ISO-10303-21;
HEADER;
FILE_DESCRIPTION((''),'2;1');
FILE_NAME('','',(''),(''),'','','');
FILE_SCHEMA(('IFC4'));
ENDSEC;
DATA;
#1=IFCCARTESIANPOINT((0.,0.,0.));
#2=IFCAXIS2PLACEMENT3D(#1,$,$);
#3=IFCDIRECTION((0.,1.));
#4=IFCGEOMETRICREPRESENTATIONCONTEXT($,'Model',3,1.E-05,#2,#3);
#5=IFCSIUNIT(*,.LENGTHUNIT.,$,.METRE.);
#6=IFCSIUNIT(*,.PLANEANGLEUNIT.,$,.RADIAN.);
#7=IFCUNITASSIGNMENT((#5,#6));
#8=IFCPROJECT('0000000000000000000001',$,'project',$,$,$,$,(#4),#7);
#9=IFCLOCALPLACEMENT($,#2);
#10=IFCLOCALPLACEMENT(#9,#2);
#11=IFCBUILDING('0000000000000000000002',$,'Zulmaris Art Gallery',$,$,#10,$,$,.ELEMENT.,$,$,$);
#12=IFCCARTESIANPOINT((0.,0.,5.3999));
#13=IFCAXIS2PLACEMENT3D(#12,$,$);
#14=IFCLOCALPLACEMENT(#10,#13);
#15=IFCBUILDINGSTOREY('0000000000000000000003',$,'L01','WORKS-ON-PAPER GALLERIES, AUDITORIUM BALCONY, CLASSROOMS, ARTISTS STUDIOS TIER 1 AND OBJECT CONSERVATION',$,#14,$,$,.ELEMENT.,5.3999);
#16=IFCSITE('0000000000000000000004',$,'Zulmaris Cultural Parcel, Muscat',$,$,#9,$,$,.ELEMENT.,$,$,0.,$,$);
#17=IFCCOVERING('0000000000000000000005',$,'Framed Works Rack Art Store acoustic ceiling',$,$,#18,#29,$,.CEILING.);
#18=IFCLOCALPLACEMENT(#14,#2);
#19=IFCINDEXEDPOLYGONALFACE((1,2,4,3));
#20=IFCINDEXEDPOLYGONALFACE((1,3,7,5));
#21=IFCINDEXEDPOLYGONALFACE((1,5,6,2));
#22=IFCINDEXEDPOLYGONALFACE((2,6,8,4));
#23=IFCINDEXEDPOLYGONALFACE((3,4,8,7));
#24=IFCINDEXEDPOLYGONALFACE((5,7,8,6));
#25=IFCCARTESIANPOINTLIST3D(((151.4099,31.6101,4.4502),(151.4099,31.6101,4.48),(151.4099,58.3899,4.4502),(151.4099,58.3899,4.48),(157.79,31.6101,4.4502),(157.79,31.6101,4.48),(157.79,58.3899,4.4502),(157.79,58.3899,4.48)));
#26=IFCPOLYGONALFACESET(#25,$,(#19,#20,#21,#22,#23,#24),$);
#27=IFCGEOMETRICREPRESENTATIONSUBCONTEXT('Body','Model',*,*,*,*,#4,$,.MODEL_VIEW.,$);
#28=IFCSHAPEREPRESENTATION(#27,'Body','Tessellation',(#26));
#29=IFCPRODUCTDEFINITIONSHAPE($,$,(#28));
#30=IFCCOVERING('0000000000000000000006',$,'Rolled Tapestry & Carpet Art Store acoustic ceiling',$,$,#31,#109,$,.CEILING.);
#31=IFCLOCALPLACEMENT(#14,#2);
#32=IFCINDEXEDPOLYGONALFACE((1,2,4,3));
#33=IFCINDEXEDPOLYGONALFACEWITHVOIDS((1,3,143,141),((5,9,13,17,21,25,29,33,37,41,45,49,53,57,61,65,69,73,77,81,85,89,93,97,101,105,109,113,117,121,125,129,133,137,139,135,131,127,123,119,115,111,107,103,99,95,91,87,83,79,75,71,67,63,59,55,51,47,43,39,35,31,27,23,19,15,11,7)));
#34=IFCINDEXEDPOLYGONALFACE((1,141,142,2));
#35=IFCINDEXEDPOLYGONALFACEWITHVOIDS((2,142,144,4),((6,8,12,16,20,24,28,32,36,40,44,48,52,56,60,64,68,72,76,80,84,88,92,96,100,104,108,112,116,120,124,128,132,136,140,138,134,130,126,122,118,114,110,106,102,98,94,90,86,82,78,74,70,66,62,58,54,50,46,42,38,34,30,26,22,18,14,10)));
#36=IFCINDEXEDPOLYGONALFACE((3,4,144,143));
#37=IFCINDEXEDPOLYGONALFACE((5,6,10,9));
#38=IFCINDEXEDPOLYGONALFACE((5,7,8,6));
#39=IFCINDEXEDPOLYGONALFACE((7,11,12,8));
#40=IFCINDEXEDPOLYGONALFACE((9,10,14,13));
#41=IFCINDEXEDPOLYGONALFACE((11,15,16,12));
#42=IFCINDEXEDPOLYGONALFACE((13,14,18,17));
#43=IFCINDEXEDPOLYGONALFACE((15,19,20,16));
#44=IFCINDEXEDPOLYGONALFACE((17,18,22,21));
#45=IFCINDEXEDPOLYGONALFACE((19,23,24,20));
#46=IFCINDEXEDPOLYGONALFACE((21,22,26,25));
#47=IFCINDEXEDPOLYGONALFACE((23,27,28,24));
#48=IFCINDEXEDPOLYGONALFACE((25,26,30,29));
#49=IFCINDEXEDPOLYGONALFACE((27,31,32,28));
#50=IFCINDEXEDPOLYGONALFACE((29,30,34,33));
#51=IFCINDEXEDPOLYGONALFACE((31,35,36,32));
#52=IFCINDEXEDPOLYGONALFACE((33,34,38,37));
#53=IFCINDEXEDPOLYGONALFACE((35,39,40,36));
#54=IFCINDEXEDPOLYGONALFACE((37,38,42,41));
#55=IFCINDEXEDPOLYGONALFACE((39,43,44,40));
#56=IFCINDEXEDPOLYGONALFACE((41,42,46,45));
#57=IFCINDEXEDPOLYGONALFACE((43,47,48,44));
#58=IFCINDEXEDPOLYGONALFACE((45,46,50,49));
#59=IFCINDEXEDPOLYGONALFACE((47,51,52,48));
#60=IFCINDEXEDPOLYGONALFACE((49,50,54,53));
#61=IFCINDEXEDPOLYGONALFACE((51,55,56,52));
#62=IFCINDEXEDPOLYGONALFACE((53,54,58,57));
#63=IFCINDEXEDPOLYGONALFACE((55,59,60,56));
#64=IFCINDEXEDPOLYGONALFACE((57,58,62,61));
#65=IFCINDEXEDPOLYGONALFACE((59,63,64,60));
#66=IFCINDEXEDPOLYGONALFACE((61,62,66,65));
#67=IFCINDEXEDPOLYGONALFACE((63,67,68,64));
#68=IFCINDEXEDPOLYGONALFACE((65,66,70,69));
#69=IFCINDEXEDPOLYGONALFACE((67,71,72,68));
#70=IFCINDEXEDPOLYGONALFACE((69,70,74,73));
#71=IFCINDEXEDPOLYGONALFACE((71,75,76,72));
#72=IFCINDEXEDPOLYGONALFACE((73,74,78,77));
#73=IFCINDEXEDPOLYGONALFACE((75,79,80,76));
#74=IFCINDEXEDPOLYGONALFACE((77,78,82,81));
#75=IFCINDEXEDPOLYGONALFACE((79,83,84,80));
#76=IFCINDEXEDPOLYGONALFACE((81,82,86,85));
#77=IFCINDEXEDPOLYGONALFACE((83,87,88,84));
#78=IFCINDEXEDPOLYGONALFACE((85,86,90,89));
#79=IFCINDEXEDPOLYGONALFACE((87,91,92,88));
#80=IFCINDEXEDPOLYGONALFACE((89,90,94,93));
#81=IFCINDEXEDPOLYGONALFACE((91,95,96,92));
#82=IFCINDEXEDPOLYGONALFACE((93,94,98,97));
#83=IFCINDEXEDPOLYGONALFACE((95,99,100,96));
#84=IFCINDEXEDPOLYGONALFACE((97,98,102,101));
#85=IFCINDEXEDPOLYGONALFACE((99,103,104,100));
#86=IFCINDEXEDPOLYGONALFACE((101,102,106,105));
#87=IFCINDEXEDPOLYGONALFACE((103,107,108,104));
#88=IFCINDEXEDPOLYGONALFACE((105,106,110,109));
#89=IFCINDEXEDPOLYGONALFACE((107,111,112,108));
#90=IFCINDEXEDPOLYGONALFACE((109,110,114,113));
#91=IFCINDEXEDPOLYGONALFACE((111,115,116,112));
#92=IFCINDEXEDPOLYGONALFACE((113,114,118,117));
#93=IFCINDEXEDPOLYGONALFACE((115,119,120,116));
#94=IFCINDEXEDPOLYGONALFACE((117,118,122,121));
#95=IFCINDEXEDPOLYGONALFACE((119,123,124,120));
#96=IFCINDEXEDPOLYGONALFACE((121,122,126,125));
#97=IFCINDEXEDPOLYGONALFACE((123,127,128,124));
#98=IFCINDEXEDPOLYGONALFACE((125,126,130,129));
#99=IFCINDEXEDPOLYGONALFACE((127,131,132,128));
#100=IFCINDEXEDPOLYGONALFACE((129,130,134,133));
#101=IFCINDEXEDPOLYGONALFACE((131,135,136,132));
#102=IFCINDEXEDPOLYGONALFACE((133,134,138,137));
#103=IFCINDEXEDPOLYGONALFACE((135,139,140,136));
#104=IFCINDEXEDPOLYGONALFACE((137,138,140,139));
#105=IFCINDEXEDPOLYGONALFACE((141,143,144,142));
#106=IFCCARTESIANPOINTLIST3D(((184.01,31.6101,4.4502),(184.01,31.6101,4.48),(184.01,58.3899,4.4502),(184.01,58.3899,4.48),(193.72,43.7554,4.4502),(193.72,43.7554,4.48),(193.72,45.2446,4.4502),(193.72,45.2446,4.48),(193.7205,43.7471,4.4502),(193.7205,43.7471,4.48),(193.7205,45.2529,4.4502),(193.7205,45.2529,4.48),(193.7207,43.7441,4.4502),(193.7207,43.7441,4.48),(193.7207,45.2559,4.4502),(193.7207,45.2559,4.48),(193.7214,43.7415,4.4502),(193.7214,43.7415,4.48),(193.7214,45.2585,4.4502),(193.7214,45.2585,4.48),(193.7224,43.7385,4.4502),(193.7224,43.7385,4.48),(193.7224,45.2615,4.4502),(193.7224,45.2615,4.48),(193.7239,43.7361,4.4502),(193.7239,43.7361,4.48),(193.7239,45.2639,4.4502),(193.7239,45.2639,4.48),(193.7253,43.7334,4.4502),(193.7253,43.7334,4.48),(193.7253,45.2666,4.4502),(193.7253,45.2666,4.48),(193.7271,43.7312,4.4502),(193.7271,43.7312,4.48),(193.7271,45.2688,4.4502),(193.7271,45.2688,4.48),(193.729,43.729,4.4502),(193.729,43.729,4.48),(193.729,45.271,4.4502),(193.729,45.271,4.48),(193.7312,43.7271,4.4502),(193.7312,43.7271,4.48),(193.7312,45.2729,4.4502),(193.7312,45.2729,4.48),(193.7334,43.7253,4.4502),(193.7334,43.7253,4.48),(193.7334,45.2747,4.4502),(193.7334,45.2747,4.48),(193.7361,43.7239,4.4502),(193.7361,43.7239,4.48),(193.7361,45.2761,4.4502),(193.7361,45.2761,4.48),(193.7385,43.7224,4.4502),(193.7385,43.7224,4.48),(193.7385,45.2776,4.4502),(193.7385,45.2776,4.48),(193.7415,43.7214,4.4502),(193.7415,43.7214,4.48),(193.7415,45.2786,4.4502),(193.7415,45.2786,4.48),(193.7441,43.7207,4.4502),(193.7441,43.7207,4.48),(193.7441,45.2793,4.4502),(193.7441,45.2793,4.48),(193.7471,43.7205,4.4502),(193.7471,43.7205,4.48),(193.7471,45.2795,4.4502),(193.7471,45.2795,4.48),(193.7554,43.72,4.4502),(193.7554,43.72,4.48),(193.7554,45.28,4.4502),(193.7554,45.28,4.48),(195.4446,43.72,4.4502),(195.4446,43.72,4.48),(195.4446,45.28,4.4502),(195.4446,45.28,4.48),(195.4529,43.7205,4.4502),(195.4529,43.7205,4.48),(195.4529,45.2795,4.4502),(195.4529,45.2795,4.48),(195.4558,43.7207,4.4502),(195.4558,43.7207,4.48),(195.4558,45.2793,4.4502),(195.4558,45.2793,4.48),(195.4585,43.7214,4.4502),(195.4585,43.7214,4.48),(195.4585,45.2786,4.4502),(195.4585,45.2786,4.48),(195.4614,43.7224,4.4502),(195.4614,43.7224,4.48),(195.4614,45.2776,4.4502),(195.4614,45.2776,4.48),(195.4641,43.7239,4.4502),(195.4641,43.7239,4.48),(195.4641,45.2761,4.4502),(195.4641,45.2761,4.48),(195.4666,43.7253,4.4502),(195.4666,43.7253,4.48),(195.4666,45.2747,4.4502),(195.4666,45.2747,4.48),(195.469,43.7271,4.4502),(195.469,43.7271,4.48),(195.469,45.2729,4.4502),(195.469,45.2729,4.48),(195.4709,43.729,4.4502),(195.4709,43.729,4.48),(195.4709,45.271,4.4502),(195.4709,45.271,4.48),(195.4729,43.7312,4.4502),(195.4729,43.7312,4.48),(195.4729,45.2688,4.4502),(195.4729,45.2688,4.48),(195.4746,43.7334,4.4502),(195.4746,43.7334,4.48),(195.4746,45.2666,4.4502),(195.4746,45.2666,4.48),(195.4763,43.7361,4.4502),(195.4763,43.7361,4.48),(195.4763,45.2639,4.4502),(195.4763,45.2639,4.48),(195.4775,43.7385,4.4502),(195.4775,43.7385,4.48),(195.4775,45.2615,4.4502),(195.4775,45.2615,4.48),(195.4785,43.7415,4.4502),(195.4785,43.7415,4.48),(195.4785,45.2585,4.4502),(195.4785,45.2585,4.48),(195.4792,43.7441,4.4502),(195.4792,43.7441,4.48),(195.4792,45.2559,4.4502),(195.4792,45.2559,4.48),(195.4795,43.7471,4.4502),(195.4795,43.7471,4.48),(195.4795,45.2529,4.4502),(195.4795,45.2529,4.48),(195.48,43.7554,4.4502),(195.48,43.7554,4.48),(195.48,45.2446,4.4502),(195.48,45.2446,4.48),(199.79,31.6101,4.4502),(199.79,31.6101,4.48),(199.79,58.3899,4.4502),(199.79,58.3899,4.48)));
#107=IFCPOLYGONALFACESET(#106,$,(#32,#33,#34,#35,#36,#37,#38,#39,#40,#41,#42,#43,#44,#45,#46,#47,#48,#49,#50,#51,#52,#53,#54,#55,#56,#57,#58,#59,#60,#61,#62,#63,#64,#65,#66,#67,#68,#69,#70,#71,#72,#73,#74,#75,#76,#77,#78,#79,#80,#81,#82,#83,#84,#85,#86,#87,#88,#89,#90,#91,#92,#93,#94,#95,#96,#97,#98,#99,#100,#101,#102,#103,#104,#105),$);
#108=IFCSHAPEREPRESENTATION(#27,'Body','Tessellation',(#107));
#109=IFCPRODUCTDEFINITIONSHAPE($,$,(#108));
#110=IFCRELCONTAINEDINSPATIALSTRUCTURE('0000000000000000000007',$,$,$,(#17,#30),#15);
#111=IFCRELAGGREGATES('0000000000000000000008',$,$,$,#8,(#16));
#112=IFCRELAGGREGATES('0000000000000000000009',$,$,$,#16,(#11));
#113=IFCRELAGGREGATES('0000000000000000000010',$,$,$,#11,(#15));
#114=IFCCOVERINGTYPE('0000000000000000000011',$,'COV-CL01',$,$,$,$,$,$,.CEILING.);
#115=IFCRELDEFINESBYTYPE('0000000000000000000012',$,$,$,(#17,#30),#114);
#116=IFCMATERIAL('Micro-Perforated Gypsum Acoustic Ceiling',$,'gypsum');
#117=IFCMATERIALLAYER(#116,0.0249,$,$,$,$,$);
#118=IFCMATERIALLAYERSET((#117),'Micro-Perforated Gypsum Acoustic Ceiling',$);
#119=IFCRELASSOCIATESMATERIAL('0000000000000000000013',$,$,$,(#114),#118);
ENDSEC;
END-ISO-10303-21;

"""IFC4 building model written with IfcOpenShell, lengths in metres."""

from ifc_helpers import new_model, si_unit, direction, frame, origin, place, context, subcontext, project, spatial, polyline, outline, extrude, material, layer, layer_set, type_object, element, save


model = new_model("IFC4")

# Units and contexts
model_context = context("Model", 3, precision=1e-05, world=origin(), true_north=direction((0.0, 1.0)))
body_context = subcontext(model_context, "Body", "Model", "MODEL_VIEW")
ifc_project = project(units=[si_unit("LENGTHUNIT", "METRE"), si_unit("PLANEANGLEUNIT", "RADIAN")], contexts=[model_context])

# Site, building, storey
site_placement = place(None, origin())
site = spatial("IfcSite", under=ifc_project, at=site_placement, Name="Zulmaris Cultural Parcel, Muscat", CompositionType="ELEMENT", RefElevation=0.0)
building_placement = place(site_placement, origin())
building = spatial("IfcBuilding", under=site, at=building_placement, Name="Zulmaris Art Gallery", CompositionType="ELEMENT")
storey_placement = place(building_placement, frame((0.0, 0.0, 5.3999)))
storey = spatial("IfcBuildingStorey", under=building, at=storey_placement, Name="L01", Description="WORKS-ON-PAPER GALLERIES, AUDITORIUM BALCONY, CLASSROOMS, ARTISTS STUDIOS TIER 1 AND OBJECT CONSERVATION", CompositionType="ELEMENT", Elevation=5.3999)

# Coverings
ifc_material_1 = material(Name="Micro-Perforated Gypsum Acoustic Ceiling", Category="gypsum")
ifc_layer_1 = layer(ifc_material_1, 0.0249)
ifc_layer_set_1 = layer_set([ifc_layer_1], Name="Micro-Perforated Gypsum Acoustic Ceiling")
covering_type_1 = type_object("IfcCoveringType", Name="COV-CL01", PredefinedType="CEILING", material=ifc_layer_set_1)
covering_1_placement = place(storey_placement, frame((0.0, 0.0, 4.4502)))
element("IfcCovering", 1, at=covering_1_placement, inside=storey, type_object=covering_type_1, Name="Framed Works Rack Art Store acoustic ceiling", PredefinedType="CEILING", context=body_context, shape_type="SweptSolid", body=[
    extrude(outline(polyline([(151.4099, 58.3899), (157.79, 58.3899), (157.79, 31.6101), (151.4099, 31.6101), (151.4099, 58.3899)])), origin(), (0.0, 0.0, 1.0), 0.0298),
])
covering_2_placement = place(storey_placement, frame((0.0, 0.0, 4.4502)))
element("IfcCovering", 2, at=covering_2_placement, inside=storey, type_object=covering_type_1, Name="Rolled Tapestry & Carpet Art Store acoustic ceiling", PredefinedType="CEILING", context=body_context, shape_type="SweptSolid", body=[
    extrude(outline(polyline([(184.01, 58.3899), (199.79, 58.3899), (199.79, 31.6101), (184.01, 31.6101), (184.01, 58.3899)]), holes=[polyline([(193.7415, 45.2786), (193.7385, 45.2776), (193.7361, 45.2761), (193.7334, 45.2747), (193.7312, 45.2729), (193.729, 45.271), (193.7271, 45.2688), (193.7253, 45.2666), (193.7239, 45.2639), (193.7224, 45.2615), (193.7214, 45.2585), (193.7207, 45.2559), (193.7205, 45.2529), (193.72, 45.2446), (193.72, 43.7554), (193.7205, 43.7471), (193.7207, 43.7441), (193.7214, 43.7415), (193.7224, 43.7385), (193.7239, 43.7361), (193.7253, 43.7334), (193.7271, 43.7312), (193.729, 43.729), (193.7312, 43.7271), (193.7334, 43.7253), (193.7361, 43.7239), (193.7385, 43.7224), (193.7415, 43.7214), (193.7441, 43.7207), (193.7471, 43.7205), (193.7554, 43.72), (195.4446, 43.72), (195.4529, 43.7205), (195.4558, 43.7207), (195.4585, 43.7214), (195.4614, 43.7224), (195.4641, 43.7239), (195.4666, 43.7253), (195.469, 43.7271), (195.4709, 43.729), (195.4729, 43.7312), (195.4746, 43.7334), (195.4763, 43.7361), (195.4775, 43.7385), (195.4785, 43.7415), (195.4792, 43.7441), (195.4795, 43.7471), (195.48, 43.7554), (195.48, 45.2446), (195.4795, 45.2529), (195.4792, 45.2559), (195.4785, 45.2585), (195.4775, 45.2615), (195.4763, 45.2639), (195.4746, 45.2666), (195.4729, 45.2688), (195.4709, 45.271), (195.469, 45.2729), (195.4666, 45.2747), (195.4641, 45.2761), (195.4614, 45.2776), (195.4585, 45.2786), (195.4558, 45.2793), (195.4529, 45.2795), (195.4446, 45.28), (193.7554, 45.28), (193.7471, 45.2795), (193.7441, 45.2793), (193.7415, 45.2786)])]), origin(), (0.0, 0.0, 1.0), 0.0298),
])

save(model, "model.ifc")
